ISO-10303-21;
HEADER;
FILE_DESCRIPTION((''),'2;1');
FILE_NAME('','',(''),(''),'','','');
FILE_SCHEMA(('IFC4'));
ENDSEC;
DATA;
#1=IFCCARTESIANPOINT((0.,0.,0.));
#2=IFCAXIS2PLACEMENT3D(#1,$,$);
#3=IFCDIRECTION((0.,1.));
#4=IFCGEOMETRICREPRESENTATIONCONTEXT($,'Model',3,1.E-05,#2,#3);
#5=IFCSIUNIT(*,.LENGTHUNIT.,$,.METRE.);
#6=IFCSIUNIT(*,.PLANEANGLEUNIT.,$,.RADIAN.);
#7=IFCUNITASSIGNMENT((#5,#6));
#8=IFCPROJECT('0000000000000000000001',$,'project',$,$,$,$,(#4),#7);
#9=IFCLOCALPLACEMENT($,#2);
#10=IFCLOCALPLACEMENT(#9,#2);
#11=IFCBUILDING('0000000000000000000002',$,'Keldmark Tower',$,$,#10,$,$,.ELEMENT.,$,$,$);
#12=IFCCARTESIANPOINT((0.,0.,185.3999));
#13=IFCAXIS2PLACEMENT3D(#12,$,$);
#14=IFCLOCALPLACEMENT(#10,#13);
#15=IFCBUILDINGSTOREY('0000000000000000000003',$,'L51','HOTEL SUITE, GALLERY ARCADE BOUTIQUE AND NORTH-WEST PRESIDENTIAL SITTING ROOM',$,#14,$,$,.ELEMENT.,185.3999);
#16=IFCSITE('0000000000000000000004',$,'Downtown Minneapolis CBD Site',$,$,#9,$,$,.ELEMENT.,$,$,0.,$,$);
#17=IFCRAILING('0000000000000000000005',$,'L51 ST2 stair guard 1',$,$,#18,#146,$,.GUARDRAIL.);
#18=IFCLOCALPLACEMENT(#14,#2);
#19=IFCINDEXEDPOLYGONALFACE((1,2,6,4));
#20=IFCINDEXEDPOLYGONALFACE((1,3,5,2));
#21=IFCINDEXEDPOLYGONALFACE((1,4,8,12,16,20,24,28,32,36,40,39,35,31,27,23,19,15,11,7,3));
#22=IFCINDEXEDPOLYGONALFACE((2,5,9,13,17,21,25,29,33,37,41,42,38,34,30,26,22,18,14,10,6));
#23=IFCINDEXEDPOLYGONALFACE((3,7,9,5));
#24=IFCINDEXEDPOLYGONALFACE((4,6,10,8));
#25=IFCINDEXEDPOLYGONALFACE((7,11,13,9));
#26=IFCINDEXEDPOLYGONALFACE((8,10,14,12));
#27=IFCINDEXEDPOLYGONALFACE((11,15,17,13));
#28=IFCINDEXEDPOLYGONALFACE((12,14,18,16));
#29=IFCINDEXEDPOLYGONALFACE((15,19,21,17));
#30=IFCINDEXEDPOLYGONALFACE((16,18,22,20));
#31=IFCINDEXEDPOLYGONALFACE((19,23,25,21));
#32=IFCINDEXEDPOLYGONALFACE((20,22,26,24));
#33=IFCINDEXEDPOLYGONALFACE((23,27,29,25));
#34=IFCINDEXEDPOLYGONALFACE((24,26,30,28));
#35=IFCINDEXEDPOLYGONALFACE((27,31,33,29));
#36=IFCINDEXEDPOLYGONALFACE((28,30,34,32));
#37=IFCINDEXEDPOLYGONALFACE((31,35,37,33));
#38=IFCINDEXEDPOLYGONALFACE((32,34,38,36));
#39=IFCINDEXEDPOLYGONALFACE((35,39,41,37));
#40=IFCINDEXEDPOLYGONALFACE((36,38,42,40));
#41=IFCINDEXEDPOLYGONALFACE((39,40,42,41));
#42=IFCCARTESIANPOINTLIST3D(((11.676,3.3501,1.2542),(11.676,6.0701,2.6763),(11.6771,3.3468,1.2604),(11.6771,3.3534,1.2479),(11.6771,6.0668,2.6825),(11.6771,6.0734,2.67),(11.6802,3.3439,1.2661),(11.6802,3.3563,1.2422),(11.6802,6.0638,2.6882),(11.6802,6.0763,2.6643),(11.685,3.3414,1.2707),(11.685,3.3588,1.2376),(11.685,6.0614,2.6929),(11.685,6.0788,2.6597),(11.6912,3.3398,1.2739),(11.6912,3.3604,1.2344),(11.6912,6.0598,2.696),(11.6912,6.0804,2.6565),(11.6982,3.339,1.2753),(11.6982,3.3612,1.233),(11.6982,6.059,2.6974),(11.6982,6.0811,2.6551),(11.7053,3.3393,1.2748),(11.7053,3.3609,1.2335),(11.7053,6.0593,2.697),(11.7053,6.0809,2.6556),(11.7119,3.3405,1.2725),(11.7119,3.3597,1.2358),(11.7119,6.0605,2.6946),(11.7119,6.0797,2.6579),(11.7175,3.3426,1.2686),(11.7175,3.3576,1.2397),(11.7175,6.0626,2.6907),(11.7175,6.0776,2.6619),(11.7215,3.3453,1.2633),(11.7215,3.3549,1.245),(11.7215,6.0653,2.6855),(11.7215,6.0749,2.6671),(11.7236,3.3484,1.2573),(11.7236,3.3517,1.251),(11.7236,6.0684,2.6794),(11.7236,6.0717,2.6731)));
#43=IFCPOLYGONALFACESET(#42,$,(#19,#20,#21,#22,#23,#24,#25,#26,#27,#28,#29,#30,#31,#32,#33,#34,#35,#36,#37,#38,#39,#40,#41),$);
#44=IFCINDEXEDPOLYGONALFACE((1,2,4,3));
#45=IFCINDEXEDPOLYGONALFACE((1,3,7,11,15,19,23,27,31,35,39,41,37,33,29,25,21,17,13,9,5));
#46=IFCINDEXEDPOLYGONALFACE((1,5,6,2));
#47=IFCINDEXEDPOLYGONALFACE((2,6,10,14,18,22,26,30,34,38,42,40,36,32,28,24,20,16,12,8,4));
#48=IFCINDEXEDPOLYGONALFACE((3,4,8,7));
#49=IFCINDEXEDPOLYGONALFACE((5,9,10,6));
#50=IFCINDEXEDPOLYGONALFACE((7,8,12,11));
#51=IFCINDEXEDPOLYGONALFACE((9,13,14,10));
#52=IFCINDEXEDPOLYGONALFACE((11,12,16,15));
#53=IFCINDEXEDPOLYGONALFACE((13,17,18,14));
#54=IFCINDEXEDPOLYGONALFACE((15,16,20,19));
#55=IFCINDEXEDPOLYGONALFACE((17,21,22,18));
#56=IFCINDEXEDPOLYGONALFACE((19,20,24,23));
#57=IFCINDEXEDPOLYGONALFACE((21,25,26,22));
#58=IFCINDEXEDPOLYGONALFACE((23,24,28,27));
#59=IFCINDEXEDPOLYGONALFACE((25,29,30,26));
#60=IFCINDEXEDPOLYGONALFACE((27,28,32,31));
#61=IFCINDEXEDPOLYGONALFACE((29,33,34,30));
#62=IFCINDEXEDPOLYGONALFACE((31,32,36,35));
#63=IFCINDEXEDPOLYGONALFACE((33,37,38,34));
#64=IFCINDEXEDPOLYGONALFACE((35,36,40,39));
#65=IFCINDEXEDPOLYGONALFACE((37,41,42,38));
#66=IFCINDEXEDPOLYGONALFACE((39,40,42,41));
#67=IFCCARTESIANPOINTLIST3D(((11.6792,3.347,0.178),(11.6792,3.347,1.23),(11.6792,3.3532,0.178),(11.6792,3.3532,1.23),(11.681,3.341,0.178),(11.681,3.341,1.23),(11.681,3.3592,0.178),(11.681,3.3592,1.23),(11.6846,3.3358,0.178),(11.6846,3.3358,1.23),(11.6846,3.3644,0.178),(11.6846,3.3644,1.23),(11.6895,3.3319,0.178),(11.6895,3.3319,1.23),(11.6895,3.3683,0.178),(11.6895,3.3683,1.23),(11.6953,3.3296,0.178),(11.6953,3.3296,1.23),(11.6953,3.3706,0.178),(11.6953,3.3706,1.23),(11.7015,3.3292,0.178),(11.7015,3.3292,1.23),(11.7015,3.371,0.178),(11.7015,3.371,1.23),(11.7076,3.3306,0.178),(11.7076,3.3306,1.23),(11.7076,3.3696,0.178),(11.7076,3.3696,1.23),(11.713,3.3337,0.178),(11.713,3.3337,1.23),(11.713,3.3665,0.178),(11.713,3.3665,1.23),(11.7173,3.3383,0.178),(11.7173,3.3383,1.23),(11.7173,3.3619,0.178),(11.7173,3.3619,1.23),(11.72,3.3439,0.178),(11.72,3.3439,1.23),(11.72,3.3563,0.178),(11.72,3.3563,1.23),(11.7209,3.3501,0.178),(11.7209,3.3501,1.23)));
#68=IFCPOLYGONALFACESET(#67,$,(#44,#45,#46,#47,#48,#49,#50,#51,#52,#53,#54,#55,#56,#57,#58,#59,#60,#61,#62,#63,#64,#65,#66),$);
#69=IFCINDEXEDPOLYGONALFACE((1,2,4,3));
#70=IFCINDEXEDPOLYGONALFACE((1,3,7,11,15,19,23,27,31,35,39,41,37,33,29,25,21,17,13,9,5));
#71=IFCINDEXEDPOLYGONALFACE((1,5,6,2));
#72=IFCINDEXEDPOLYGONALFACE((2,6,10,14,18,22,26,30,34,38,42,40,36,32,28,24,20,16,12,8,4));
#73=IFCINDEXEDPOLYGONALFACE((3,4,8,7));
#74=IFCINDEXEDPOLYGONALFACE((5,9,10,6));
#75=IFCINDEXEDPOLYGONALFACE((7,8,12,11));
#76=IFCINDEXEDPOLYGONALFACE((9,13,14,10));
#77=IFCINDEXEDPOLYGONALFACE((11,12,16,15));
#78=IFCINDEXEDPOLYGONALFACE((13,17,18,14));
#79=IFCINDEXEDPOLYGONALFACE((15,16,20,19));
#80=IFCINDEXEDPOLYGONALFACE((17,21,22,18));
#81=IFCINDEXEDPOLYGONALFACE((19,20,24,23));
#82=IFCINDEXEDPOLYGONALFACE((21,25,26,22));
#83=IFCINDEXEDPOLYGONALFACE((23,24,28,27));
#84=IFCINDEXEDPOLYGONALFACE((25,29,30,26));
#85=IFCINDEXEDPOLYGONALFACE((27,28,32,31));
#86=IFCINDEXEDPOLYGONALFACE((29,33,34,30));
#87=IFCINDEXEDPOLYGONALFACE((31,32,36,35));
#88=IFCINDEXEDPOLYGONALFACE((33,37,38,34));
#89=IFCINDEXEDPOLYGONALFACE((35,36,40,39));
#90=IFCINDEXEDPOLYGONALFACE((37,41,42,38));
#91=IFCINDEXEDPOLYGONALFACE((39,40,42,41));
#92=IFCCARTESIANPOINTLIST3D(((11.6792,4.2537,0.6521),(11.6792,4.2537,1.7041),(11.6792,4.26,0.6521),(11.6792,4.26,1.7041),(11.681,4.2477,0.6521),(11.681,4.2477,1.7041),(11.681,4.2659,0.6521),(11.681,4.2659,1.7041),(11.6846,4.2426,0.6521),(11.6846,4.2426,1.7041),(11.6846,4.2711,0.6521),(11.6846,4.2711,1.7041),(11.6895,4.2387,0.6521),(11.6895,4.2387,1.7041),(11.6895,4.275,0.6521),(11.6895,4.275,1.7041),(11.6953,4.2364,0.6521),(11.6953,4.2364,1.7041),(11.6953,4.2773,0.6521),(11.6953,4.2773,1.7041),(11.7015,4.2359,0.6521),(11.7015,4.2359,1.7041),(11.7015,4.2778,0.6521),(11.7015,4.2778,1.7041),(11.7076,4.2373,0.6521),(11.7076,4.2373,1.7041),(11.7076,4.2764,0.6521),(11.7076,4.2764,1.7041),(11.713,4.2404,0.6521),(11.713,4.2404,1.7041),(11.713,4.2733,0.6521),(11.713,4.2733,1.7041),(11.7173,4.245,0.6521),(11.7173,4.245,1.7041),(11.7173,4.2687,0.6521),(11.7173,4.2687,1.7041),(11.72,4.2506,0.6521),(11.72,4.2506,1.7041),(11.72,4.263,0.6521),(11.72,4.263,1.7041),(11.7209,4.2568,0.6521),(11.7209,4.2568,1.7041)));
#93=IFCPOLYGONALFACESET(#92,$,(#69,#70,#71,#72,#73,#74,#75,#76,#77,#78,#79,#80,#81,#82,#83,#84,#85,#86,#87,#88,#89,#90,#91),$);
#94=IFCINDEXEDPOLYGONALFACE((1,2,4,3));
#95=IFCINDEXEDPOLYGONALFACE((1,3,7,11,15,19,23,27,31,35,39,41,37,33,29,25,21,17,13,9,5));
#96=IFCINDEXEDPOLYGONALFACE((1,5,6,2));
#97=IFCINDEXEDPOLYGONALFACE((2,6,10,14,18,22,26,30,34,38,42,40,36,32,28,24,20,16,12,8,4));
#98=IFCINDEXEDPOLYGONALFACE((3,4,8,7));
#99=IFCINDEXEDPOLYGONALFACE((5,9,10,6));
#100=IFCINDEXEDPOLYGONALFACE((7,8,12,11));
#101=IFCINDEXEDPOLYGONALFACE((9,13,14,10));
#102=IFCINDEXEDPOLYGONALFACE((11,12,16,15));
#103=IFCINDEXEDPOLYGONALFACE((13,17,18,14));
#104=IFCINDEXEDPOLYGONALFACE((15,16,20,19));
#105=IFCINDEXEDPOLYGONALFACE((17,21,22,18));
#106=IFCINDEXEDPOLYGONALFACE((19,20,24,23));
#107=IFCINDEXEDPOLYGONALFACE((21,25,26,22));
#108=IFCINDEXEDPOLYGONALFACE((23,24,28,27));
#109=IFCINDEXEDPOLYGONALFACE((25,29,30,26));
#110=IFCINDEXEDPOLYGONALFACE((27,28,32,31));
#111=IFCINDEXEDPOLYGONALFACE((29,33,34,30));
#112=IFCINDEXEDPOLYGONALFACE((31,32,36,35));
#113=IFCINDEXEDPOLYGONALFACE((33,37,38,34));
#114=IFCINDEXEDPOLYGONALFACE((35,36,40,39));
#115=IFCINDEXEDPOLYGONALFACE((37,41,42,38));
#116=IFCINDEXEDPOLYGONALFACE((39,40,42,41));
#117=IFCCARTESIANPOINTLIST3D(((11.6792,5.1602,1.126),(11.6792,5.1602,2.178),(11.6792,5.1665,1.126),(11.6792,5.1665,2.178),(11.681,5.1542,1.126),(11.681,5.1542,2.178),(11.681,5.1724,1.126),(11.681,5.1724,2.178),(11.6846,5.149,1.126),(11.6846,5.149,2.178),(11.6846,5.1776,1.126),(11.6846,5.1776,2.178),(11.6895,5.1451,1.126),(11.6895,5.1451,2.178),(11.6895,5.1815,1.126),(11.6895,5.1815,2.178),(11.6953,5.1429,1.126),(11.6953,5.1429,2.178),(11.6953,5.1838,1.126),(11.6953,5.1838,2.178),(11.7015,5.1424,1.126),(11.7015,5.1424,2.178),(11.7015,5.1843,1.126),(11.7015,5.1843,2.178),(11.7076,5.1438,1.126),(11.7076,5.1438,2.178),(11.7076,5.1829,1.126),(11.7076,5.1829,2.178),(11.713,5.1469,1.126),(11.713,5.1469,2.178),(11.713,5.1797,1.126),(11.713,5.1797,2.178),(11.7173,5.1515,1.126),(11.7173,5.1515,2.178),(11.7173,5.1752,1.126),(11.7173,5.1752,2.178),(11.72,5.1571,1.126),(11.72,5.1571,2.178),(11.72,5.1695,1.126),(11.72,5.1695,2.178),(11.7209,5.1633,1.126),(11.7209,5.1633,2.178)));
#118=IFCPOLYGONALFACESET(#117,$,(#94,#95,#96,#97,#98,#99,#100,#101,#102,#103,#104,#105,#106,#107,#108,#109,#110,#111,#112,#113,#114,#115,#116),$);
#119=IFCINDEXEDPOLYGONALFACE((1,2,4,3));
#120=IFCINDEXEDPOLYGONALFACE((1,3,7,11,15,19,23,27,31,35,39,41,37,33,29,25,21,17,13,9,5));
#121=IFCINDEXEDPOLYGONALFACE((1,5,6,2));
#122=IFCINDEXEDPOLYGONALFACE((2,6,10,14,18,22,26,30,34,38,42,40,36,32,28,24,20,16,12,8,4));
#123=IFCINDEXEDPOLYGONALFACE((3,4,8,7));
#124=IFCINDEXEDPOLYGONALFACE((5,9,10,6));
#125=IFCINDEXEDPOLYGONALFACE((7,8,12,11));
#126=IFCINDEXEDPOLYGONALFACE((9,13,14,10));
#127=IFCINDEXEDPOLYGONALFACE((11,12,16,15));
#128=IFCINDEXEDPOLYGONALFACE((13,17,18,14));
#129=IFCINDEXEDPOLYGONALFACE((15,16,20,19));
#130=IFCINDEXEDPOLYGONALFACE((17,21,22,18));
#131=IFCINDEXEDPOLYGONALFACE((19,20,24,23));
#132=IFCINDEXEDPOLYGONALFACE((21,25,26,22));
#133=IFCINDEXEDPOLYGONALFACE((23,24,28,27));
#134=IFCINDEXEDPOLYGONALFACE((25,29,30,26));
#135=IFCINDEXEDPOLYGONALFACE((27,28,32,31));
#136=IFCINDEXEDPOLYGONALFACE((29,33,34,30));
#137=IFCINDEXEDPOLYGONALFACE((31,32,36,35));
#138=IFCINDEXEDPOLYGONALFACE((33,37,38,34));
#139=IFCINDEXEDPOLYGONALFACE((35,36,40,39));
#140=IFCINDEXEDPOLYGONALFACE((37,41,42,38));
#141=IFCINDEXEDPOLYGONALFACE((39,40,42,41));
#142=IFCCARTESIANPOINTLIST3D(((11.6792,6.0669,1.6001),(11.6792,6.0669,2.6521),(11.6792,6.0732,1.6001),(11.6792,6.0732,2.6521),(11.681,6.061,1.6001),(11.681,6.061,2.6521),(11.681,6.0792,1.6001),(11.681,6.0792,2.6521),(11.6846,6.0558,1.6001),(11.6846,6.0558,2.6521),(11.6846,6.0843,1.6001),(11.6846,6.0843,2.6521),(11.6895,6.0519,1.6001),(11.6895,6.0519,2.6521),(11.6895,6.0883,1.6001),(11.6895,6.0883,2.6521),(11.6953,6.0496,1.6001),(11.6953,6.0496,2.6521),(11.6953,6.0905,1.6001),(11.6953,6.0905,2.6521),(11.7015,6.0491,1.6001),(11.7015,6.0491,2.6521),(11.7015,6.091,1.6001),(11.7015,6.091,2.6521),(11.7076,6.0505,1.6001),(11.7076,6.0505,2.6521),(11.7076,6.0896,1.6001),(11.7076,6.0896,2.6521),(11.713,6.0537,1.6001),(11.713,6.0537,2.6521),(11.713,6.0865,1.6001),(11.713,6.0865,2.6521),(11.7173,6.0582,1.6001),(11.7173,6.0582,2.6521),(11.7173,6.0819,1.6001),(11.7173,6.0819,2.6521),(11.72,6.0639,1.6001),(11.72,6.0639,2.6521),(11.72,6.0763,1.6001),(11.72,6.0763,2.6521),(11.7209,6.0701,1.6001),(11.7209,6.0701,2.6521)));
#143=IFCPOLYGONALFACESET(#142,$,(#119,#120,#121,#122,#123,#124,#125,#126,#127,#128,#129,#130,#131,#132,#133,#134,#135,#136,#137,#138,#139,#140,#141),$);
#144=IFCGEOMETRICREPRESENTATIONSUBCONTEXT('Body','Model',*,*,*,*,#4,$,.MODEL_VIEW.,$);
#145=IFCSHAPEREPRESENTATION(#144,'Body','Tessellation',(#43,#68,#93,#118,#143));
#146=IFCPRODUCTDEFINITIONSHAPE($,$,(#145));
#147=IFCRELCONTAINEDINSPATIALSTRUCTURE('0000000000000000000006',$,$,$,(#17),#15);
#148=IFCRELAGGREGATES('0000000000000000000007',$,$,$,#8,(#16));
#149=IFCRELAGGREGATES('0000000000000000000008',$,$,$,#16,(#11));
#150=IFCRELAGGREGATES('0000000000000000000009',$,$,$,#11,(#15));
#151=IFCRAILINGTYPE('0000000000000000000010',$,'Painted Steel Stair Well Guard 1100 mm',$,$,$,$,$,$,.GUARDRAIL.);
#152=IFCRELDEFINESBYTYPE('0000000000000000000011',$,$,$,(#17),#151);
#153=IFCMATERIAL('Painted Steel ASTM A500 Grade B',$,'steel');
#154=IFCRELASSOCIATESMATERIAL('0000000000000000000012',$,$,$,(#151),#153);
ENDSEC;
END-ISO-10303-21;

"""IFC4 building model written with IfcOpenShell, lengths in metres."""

from ifc_helpers import new_model, si_unit, direction, frame, origin, origin_2d, place, context, subcontext, project, spatial, circle, extrude, material, type_object, element, save


model = new_model("IFC4")

# Units and contexts
model_context = context("Model", 3, precision=1e-05, world=origin(), true_north=direction((0.0, 1.0)))
body_context = subcontext(model_context, "Body", "Model", "MODEL_VIEW")
ifc_project = project(units=[si_unit("LENGTHUNIT", "METRE"), si_unit("PLANEANGLEUNIT", "RADIAN")], contexts=[model_context])

# Site, building, storey
site_placement = place(None, origin())
site = spatial("IfcSite", under=ifc_project, at=site_placement, Name="Downtown Minneapolis CBD Site", CompositionType="ELEMENT", RefElevation=0.0)
building_placement = place(site_placement, origin())
building = spatial("IfcBuilding", under=site, at=building_placement, Name="Keldmark Tower", CompositionType="ELEMENT")
storey_placement = place(building_placement, frame((0.0, 0.0, 185.3999)))
storey = spatial("IfcBuildingStorey", under=building, at=storey_placement, Name="L51", Description="HOTEL SUITE, GALLERY ARCADE BOUTIQUE AND NORTH-WEST PRESIDENTIAL SITTING ROOM", CompositionType="ELEMENT", Elevation=185.3999)

# Railing
ifc_material_1 = material(Name="Painted Steel ASTM A500 Grade B", Category="steel")
railing_type_1 = type_object("IfcRailingType", Name="Painted Steel Stair Well Guard 1100 mm", PredefinedType="GUARDRAIL", material=ifc_material_1)
railing_1_placement = place(storey_placement, frame((11.7, 3.3501, 0.178)))
element("IfcRailing", 1, at=railing_1_placement, inside=storey, type_object=railing_type_1, Name="L51 ST2 stair guard 1", PredefinedType="GUARDRAIL", context=body_context, shape_type="SweptSolid", body=[
    extrude(circle(Radius=0.0239, at=origin_2d()), frame((0.0, 0.0, 1.0762), z_axis=(0.0, 0.886183, 0.463335), x_axis=(-1.0, 0.0, 0.0)), (0.0, 0.0, 1.0), 3.0693),
    extrude(circle(Radius=0.021, at=origin_2d()), origin(), (0.0, 0.0, 1.0), 1.052),
    extrude(circle(Radius=0.021, at=origin_2d()), frame((0.0, 0.9067, 0.4741)), (0.0, 0.0, 1.0), 1.052),
    extrude(circle(Radius=0.021, at=origin_2d()), frame((0.0, 1.8132, 0.948)), (0.0, 0.0, 1.0), 1.052),
    extrude(circle(Radius=0.021, at=origin_2d()), frame((0.0, 2.72, 1.4221)), (0.0, 0.0, 1.0), 1.052),
])

save(model, "model.ifc")
